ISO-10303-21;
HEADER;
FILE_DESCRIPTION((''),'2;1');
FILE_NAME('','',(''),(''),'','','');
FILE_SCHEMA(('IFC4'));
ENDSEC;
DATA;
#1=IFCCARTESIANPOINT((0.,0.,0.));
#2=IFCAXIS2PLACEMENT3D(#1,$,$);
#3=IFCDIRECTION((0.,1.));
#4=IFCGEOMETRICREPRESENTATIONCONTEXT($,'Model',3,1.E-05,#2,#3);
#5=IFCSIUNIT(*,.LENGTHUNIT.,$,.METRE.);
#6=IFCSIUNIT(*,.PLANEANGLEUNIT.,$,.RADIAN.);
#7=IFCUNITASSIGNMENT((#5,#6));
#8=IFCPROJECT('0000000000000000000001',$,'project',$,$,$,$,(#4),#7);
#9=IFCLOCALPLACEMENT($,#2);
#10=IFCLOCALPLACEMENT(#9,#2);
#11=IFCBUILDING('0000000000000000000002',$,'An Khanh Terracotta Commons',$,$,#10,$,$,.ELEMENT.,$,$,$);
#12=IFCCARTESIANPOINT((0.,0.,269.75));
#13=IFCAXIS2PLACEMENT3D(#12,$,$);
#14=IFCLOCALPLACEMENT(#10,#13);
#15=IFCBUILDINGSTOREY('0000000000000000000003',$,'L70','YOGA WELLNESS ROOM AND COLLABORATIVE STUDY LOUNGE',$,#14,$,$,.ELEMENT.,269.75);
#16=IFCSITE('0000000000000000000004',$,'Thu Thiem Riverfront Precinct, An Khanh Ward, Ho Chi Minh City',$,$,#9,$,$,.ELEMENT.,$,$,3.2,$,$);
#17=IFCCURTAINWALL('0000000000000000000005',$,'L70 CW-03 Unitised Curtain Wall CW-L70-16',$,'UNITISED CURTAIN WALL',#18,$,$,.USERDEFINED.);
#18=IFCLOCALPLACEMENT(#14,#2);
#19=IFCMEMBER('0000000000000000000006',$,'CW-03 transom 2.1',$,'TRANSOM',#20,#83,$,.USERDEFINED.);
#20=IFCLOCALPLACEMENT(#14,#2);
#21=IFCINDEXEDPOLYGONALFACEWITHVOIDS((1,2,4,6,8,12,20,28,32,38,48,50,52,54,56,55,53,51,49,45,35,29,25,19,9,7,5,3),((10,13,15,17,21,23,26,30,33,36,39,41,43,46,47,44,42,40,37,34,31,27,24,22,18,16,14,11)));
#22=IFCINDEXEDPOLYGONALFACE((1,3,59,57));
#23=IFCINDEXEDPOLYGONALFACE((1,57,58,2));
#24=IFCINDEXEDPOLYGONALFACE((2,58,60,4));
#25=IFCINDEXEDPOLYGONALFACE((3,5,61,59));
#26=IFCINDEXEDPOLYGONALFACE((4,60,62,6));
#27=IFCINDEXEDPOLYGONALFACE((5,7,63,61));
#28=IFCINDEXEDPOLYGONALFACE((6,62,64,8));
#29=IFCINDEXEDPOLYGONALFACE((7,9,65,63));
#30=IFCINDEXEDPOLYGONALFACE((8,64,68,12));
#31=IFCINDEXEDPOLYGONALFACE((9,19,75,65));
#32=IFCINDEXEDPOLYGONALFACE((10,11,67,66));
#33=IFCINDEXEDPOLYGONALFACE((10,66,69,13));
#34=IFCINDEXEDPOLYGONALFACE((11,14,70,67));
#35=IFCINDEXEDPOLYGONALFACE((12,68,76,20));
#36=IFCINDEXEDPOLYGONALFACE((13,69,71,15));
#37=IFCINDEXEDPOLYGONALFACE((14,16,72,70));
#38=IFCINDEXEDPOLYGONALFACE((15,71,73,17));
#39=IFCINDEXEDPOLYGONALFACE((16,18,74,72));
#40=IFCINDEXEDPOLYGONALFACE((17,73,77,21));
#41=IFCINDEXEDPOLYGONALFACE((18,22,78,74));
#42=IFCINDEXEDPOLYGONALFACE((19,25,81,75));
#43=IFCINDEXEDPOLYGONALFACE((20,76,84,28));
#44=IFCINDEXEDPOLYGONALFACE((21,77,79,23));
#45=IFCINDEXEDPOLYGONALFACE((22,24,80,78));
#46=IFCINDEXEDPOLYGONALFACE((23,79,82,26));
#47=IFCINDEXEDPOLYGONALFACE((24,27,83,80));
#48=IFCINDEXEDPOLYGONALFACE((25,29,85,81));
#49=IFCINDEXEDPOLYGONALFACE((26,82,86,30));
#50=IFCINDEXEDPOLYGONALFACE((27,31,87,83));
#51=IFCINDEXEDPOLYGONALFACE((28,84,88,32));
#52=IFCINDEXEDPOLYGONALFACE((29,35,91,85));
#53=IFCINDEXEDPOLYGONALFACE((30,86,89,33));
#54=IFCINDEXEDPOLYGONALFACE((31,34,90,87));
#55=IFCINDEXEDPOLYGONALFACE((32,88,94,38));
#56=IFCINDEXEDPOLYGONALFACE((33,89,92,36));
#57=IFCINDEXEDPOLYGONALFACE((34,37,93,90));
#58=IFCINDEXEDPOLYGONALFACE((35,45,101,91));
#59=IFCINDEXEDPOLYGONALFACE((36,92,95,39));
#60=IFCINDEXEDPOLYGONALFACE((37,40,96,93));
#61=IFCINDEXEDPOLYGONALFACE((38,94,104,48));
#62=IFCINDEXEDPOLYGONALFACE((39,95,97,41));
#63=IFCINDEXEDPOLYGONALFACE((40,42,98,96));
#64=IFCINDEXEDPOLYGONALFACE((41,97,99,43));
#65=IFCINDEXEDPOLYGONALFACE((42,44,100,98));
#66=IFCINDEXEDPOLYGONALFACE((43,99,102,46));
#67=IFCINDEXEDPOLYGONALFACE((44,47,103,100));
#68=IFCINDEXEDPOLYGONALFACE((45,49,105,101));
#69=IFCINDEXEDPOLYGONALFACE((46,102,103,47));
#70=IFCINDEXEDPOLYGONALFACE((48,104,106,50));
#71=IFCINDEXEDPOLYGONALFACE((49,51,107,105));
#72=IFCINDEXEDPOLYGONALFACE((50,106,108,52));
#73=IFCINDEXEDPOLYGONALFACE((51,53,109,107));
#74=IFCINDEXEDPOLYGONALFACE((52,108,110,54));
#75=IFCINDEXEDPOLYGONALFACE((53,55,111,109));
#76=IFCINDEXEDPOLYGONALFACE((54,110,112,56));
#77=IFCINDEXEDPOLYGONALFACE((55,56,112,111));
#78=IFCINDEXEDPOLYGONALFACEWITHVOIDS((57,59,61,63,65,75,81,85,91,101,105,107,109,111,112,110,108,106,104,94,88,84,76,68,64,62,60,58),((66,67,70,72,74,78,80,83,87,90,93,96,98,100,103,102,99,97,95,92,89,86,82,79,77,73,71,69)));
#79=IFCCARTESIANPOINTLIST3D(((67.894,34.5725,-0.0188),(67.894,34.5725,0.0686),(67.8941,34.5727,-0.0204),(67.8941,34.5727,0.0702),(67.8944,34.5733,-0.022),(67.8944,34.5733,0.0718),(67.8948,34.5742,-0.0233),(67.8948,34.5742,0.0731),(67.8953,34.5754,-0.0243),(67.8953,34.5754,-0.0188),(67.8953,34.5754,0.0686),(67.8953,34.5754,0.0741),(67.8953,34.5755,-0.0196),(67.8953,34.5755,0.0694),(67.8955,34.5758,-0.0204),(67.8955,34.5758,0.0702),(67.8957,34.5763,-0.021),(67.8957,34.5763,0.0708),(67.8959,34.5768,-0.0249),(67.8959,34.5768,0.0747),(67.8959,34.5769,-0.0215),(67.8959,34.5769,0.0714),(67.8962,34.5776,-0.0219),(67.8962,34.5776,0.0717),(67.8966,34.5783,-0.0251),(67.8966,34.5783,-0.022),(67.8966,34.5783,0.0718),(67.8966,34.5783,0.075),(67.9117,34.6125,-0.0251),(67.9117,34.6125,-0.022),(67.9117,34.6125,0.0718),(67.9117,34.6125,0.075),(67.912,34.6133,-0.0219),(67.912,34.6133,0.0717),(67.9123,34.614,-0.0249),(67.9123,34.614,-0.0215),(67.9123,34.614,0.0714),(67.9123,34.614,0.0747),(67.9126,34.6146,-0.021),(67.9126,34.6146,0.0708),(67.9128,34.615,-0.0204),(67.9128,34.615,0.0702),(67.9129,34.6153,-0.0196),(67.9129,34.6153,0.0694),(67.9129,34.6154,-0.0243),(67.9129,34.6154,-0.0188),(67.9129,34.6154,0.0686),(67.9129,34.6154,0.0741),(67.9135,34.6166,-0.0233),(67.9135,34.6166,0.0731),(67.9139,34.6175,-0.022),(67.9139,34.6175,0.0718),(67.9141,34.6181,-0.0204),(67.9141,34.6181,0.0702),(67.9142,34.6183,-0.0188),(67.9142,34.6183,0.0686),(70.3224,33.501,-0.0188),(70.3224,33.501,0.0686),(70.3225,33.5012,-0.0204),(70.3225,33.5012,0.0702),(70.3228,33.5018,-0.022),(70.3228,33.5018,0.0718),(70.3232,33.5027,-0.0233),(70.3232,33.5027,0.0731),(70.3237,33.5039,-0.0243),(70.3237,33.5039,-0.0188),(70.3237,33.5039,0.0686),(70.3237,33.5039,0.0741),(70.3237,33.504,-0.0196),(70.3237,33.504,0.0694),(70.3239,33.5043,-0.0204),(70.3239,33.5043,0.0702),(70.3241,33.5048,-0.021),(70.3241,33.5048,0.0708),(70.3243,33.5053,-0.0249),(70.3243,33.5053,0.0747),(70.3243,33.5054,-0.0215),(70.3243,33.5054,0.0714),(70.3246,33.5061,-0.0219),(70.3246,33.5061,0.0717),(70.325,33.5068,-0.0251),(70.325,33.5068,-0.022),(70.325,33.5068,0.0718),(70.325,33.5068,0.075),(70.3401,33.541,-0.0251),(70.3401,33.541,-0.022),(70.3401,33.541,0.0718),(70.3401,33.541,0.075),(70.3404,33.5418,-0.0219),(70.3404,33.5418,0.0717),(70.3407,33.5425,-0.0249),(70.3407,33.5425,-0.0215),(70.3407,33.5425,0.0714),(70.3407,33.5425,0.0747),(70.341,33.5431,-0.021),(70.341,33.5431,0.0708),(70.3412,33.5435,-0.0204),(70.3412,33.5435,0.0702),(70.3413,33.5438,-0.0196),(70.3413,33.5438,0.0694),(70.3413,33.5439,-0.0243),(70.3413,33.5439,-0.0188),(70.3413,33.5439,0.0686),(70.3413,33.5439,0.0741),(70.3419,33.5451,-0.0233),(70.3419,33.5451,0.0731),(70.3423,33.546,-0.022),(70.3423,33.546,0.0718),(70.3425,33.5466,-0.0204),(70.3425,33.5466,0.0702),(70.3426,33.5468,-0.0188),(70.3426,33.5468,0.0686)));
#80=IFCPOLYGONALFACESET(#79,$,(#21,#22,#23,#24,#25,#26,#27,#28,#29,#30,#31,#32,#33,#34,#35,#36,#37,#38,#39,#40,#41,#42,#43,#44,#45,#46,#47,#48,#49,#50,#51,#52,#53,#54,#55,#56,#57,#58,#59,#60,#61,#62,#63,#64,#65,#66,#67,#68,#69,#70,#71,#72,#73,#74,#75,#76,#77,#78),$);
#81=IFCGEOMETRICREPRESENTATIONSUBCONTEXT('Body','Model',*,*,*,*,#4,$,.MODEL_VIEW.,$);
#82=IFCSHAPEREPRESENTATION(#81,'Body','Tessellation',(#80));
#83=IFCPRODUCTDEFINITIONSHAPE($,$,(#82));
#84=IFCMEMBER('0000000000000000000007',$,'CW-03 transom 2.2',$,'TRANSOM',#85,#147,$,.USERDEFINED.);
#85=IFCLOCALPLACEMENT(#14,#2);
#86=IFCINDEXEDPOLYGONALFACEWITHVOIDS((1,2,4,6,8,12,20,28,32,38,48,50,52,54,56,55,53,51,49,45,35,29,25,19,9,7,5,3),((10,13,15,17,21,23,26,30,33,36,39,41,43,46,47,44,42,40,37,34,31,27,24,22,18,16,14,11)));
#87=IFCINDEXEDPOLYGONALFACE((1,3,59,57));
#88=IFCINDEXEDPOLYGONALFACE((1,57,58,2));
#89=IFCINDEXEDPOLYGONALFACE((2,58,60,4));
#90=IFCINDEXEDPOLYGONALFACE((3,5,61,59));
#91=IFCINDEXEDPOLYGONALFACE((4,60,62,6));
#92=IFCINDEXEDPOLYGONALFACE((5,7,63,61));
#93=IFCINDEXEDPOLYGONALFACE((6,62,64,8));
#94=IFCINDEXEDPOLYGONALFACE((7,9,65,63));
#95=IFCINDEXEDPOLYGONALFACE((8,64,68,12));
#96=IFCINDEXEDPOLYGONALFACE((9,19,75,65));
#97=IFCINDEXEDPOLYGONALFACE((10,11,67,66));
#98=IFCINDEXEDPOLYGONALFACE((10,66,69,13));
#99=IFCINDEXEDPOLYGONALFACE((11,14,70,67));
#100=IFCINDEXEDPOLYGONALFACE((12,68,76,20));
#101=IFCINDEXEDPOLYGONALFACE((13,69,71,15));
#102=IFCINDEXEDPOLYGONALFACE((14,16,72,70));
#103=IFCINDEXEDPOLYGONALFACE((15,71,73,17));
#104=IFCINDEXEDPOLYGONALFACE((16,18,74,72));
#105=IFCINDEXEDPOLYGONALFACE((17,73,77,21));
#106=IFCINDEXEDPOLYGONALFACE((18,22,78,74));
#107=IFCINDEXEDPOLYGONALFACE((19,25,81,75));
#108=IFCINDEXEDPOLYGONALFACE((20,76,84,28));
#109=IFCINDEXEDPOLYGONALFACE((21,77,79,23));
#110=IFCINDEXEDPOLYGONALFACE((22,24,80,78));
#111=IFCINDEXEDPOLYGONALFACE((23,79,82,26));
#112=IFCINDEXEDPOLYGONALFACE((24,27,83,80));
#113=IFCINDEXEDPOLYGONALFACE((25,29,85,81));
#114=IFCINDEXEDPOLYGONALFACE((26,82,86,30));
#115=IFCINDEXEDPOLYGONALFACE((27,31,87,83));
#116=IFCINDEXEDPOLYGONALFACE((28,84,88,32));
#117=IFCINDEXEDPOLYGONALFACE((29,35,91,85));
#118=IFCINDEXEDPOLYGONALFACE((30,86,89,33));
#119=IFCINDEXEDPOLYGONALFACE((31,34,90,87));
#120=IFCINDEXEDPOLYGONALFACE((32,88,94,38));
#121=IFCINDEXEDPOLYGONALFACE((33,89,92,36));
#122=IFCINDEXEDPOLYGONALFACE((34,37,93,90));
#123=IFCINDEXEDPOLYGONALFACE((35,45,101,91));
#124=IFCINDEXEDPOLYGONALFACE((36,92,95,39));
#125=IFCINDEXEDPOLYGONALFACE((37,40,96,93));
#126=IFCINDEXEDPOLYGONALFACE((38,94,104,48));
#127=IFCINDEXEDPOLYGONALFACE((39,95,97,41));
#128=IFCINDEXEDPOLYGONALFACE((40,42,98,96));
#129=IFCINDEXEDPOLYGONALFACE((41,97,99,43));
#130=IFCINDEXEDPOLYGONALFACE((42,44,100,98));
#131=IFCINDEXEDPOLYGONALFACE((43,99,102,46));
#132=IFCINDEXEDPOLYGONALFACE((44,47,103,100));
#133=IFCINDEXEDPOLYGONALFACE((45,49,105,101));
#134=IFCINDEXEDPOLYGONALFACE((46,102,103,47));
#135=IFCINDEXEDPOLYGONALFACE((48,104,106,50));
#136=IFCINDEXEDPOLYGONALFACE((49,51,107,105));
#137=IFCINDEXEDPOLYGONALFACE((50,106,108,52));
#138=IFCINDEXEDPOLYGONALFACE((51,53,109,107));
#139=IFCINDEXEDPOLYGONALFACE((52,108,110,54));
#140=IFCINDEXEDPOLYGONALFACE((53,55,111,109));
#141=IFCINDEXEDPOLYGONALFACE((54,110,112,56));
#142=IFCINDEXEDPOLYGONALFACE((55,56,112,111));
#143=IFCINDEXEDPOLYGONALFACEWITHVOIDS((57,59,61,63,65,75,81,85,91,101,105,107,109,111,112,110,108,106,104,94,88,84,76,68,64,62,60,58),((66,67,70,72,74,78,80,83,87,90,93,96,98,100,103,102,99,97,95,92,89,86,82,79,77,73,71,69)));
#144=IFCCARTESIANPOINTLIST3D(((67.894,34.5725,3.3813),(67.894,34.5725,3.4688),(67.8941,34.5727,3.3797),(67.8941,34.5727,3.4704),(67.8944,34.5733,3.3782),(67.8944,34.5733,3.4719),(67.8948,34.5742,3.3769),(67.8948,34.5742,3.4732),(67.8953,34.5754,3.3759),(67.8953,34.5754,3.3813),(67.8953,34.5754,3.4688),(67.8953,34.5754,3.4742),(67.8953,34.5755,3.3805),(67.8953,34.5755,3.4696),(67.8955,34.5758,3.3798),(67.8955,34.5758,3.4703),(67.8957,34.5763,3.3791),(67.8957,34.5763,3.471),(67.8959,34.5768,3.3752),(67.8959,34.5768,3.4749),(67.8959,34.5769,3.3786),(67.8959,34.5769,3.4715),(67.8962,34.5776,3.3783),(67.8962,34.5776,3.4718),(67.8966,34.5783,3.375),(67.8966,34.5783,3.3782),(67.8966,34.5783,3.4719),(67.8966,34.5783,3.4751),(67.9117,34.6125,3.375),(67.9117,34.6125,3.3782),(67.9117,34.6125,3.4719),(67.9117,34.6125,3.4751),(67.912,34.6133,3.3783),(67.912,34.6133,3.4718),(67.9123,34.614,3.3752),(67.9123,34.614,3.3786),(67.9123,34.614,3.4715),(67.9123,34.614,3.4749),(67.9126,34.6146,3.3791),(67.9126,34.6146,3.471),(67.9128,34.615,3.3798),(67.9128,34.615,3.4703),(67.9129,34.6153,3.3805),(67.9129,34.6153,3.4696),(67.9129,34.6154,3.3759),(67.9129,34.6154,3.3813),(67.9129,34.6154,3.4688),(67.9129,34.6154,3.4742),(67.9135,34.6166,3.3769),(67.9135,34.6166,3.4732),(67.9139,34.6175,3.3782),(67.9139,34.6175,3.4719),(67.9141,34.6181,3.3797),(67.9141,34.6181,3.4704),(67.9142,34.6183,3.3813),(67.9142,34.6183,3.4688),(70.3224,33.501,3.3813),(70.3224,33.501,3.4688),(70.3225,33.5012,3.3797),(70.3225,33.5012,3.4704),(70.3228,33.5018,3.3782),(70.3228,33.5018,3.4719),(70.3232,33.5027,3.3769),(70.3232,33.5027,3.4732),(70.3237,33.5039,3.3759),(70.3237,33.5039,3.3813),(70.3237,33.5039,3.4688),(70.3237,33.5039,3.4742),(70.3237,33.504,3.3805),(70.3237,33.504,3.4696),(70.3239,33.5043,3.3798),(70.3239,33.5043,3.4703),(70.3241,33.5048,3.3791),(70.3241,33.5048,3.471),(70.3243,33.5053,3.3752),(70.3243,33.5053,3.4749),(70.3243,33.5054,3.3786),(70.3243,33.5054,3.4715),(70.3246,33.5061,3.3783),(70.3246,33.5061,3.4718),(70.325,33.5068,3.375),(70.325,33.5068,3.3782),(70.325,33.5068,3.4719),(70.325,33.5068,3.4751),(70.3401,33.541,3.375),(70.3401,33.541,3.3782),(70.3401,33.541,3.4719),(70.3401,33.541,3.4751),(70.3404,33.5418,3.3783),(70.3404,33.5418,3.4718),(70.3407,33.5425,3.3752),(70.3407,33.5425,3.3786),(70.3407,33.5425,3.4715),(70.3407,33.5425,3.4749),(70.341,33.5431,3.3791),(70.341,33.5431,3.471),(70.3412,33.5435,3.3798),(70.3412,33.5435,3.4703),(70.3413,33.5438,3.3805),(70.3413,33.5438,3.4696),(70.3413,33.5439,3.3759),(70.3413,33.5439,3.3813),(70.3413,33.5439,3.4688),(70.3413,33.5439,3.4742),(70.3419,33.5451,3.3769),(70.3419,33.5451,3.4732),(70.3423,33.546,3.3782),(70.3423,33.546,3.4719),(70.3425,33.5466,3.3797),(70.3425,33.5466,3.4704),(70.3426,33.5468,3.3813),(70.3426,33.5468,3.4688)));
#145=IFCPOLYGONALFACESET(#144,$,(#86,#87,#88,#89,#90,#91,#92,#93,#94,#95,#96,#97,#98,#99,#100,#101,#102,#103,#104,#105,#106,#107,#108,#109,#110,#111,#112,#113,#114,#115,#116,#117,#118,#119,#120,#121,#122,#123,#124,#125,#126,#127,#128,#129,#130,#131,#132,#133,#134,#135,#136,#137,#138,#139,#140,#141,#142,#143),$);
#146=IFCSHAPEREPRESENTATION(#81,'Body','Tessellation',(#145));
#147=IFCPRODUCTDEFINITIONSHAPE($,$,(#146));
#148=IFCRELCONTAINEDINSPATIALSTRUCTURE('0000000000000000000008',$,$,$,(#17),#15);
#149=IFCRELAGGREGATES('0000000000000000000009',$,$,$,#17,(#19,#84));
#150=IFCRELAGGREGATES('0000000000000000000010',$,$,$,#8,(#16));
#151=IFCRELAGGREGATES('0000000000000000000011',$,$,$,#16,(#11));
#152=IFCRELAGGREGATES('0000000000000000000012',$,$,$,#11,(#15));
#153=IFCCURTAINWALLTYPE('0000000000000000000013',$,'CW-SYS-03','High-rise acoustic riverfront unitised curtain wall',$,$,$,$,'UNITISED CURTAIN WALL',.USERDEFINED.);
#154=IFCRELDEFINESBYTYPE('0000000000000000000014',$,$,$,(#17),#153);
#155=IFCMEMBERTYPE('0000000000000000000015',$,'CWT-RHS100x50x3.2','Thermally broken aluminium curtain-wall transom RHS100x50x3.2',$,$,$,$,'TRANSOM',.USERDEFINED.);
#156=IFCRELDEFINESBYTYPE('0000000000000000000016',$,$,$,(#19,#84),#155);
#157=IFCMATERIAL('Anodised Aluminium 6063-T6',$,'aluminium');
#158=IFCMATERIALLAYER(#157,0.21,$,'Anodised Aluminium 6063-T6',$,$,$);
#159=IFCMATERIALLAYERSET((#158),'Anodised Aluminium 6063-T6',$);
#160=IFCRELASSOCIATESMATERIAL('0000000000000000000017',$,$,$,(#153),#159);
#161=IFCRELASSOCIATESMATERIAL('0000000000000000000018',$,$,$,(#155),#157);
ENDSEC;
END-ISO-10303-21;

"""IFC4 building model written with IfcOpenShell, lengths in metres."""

from ifc_helpers import new_model, si_unit, direction, frame, origin, origin_2d, place, context, subcontext, project, spatial, hollow_rectangle, extrude, material, layer, layer_set, material_profile, profile_set, type_object, element, aggregate, save


model = new_model("IFC4")

# Units and contexts
model_context = context("Model", 3, precision=1e-05, world=origin(), true_north=direction((0.0, 1.0)))
body_context = subcontext(model_context, "Body", "Model", "MODEL_VIEW")
ifc_project = project(units=[si_unit("LENGTHUNIT", "METRE"), si_unit("PLANEANGLEUNIT", "RADIAN")], contexts=[model_context])

# Site, building, storey
site_placement = place(None, origin())
site = spatial("IfcSite", under=ifc_project, at=site_placement, Name="Thu Thiem Riverfront Precinct, An Khanh Ward, Ho Chi Minh City", CompositionType="ELEMENT", RefElevation=3.2)
building_placement = place(site_placement, origin())
building = spatial("IfcBuilding", under=site, at=building_placement, Name="An Khanh Terracotta Commons", CompositionType="ELEMENT")
storey_placement = place(building_placement, frame((0.0, 0.0, 269.75)))
storey = spatial("IfcBuildingStorey", under=building, at=storey_placement, Name="L70", Description="YOGA WELLNESS ROOM AND COLLABORATIVE STUDY LOUNGE", CompositionType="ELEMENT", Elevation=269.75)

# Curtain wall
ifc_material_1 = material(Name="Anodised Aluminium 6063-T6", Category="aluminium")
ifc_layer_1 = layer(ifc_material_1, 0.21, Name="Anodised Aluminium 6063-T6")
ifc_layer_set_1 = layer_set([ifc_layer_1], Name="Anodised Aluminium 6063-T6")
curtain_wall_type = type_object("IfcCurtainWallType", Name="CW-SYS-03", Description="High-rise acoustic riverfront unitised curtain wall", ElementType="UNITISED CURTAIN WALL", PredefinedType="USERDEFINED", material=ifc_layer_set_1)
curtain_wall_1_placement = place(storey_placement, origin())
curtain_wall_1 = element("IfcCurtainWall", 1, at=curtain_wall_1_placement, inside=storey, type_object=curtain_wall_type, Name="L70 CW-03 Unitised Curtain Wall CW-L70-16", ObjectType="UNITISED CURTAIN WALL", PredefinedType="USERDEFINED")

# Members
ifc_material_profile_1 = material_profile(ifc_material_1, hollow_rectangle(XDim=0.05, YDim=0.1001, WallThickness=0.0032, InnerFilletRadius=0.0032, OuterFilletRadius=0.0063, at=origin_2d()), Name="RHS100x50x3.2")
ifc_profile_set_1 = profile_set([ifc_material_profile_1], Name="Anodised Aluminium 6063-T6")
member_type_1 = type_object("IfcMemberType", Name="CWT-RHS100x50x3.2", Description="Thermally broken aluminium curtain-wall transom RHS100x50x3.2", ElementType="TRANSOM", PredefinedType="USERDEFINED", material=ifc_profile_set_1)
member_1_placement = place(storey_placement, frame((70.3325, 33.5239, 0.0249), z_axis=(-0.914897, 0.403688, 0.0), x_axis=(-0.403688, -0.914897, 0.0)))
member_1 = element("IfcMember", 2, at=member_1_placement, type_object=member_type_1, Name="CW-03 transom 2.1", ObjectType="TRANSOM", PredefinedType="USERDEFINED", context=body_context, shape_type="SweptSolid", body=[
    extrude(hollow_rectangle(XDim=0.05, YDim=0.1001, WallThickness=0.0032, InnerFilletRadius=0.0032, OuterFilletRadius=0.0063, at=origin_2d()), origin(), (0.0, 0.0, 1.0), 2.6543),
])
member_2_placement = place(storey_placement, frame((70.3325, 33.5239, 3.425), z_axis=(-0.914897, 0.403688, 0.0), x_axis=(-0.403688, -0.914897, 0.0)))
member_2 = element("IfcMember", 3, at=member_2_placement, type_object=member_type_1, Name="CW-03 transom 2.2", ObjectType="TRANSOM", PredefinedType="USERDEFINED", context=body_context, shape_type="SweptSolid", body=[
    extrude(hollow_rectangle(XDim=0.05, YDim=0.1001, WallThickness=0.0032, InnerFilletRadius=0.0032, OuterFilletRadius=0.0063, at=origin_2d()), origin(), (0.0, 0.0, 1.0), 2.6543),
])

aggregate(curtain_wall_1, [member_1, member_2])

save(model, "model.ifc")
